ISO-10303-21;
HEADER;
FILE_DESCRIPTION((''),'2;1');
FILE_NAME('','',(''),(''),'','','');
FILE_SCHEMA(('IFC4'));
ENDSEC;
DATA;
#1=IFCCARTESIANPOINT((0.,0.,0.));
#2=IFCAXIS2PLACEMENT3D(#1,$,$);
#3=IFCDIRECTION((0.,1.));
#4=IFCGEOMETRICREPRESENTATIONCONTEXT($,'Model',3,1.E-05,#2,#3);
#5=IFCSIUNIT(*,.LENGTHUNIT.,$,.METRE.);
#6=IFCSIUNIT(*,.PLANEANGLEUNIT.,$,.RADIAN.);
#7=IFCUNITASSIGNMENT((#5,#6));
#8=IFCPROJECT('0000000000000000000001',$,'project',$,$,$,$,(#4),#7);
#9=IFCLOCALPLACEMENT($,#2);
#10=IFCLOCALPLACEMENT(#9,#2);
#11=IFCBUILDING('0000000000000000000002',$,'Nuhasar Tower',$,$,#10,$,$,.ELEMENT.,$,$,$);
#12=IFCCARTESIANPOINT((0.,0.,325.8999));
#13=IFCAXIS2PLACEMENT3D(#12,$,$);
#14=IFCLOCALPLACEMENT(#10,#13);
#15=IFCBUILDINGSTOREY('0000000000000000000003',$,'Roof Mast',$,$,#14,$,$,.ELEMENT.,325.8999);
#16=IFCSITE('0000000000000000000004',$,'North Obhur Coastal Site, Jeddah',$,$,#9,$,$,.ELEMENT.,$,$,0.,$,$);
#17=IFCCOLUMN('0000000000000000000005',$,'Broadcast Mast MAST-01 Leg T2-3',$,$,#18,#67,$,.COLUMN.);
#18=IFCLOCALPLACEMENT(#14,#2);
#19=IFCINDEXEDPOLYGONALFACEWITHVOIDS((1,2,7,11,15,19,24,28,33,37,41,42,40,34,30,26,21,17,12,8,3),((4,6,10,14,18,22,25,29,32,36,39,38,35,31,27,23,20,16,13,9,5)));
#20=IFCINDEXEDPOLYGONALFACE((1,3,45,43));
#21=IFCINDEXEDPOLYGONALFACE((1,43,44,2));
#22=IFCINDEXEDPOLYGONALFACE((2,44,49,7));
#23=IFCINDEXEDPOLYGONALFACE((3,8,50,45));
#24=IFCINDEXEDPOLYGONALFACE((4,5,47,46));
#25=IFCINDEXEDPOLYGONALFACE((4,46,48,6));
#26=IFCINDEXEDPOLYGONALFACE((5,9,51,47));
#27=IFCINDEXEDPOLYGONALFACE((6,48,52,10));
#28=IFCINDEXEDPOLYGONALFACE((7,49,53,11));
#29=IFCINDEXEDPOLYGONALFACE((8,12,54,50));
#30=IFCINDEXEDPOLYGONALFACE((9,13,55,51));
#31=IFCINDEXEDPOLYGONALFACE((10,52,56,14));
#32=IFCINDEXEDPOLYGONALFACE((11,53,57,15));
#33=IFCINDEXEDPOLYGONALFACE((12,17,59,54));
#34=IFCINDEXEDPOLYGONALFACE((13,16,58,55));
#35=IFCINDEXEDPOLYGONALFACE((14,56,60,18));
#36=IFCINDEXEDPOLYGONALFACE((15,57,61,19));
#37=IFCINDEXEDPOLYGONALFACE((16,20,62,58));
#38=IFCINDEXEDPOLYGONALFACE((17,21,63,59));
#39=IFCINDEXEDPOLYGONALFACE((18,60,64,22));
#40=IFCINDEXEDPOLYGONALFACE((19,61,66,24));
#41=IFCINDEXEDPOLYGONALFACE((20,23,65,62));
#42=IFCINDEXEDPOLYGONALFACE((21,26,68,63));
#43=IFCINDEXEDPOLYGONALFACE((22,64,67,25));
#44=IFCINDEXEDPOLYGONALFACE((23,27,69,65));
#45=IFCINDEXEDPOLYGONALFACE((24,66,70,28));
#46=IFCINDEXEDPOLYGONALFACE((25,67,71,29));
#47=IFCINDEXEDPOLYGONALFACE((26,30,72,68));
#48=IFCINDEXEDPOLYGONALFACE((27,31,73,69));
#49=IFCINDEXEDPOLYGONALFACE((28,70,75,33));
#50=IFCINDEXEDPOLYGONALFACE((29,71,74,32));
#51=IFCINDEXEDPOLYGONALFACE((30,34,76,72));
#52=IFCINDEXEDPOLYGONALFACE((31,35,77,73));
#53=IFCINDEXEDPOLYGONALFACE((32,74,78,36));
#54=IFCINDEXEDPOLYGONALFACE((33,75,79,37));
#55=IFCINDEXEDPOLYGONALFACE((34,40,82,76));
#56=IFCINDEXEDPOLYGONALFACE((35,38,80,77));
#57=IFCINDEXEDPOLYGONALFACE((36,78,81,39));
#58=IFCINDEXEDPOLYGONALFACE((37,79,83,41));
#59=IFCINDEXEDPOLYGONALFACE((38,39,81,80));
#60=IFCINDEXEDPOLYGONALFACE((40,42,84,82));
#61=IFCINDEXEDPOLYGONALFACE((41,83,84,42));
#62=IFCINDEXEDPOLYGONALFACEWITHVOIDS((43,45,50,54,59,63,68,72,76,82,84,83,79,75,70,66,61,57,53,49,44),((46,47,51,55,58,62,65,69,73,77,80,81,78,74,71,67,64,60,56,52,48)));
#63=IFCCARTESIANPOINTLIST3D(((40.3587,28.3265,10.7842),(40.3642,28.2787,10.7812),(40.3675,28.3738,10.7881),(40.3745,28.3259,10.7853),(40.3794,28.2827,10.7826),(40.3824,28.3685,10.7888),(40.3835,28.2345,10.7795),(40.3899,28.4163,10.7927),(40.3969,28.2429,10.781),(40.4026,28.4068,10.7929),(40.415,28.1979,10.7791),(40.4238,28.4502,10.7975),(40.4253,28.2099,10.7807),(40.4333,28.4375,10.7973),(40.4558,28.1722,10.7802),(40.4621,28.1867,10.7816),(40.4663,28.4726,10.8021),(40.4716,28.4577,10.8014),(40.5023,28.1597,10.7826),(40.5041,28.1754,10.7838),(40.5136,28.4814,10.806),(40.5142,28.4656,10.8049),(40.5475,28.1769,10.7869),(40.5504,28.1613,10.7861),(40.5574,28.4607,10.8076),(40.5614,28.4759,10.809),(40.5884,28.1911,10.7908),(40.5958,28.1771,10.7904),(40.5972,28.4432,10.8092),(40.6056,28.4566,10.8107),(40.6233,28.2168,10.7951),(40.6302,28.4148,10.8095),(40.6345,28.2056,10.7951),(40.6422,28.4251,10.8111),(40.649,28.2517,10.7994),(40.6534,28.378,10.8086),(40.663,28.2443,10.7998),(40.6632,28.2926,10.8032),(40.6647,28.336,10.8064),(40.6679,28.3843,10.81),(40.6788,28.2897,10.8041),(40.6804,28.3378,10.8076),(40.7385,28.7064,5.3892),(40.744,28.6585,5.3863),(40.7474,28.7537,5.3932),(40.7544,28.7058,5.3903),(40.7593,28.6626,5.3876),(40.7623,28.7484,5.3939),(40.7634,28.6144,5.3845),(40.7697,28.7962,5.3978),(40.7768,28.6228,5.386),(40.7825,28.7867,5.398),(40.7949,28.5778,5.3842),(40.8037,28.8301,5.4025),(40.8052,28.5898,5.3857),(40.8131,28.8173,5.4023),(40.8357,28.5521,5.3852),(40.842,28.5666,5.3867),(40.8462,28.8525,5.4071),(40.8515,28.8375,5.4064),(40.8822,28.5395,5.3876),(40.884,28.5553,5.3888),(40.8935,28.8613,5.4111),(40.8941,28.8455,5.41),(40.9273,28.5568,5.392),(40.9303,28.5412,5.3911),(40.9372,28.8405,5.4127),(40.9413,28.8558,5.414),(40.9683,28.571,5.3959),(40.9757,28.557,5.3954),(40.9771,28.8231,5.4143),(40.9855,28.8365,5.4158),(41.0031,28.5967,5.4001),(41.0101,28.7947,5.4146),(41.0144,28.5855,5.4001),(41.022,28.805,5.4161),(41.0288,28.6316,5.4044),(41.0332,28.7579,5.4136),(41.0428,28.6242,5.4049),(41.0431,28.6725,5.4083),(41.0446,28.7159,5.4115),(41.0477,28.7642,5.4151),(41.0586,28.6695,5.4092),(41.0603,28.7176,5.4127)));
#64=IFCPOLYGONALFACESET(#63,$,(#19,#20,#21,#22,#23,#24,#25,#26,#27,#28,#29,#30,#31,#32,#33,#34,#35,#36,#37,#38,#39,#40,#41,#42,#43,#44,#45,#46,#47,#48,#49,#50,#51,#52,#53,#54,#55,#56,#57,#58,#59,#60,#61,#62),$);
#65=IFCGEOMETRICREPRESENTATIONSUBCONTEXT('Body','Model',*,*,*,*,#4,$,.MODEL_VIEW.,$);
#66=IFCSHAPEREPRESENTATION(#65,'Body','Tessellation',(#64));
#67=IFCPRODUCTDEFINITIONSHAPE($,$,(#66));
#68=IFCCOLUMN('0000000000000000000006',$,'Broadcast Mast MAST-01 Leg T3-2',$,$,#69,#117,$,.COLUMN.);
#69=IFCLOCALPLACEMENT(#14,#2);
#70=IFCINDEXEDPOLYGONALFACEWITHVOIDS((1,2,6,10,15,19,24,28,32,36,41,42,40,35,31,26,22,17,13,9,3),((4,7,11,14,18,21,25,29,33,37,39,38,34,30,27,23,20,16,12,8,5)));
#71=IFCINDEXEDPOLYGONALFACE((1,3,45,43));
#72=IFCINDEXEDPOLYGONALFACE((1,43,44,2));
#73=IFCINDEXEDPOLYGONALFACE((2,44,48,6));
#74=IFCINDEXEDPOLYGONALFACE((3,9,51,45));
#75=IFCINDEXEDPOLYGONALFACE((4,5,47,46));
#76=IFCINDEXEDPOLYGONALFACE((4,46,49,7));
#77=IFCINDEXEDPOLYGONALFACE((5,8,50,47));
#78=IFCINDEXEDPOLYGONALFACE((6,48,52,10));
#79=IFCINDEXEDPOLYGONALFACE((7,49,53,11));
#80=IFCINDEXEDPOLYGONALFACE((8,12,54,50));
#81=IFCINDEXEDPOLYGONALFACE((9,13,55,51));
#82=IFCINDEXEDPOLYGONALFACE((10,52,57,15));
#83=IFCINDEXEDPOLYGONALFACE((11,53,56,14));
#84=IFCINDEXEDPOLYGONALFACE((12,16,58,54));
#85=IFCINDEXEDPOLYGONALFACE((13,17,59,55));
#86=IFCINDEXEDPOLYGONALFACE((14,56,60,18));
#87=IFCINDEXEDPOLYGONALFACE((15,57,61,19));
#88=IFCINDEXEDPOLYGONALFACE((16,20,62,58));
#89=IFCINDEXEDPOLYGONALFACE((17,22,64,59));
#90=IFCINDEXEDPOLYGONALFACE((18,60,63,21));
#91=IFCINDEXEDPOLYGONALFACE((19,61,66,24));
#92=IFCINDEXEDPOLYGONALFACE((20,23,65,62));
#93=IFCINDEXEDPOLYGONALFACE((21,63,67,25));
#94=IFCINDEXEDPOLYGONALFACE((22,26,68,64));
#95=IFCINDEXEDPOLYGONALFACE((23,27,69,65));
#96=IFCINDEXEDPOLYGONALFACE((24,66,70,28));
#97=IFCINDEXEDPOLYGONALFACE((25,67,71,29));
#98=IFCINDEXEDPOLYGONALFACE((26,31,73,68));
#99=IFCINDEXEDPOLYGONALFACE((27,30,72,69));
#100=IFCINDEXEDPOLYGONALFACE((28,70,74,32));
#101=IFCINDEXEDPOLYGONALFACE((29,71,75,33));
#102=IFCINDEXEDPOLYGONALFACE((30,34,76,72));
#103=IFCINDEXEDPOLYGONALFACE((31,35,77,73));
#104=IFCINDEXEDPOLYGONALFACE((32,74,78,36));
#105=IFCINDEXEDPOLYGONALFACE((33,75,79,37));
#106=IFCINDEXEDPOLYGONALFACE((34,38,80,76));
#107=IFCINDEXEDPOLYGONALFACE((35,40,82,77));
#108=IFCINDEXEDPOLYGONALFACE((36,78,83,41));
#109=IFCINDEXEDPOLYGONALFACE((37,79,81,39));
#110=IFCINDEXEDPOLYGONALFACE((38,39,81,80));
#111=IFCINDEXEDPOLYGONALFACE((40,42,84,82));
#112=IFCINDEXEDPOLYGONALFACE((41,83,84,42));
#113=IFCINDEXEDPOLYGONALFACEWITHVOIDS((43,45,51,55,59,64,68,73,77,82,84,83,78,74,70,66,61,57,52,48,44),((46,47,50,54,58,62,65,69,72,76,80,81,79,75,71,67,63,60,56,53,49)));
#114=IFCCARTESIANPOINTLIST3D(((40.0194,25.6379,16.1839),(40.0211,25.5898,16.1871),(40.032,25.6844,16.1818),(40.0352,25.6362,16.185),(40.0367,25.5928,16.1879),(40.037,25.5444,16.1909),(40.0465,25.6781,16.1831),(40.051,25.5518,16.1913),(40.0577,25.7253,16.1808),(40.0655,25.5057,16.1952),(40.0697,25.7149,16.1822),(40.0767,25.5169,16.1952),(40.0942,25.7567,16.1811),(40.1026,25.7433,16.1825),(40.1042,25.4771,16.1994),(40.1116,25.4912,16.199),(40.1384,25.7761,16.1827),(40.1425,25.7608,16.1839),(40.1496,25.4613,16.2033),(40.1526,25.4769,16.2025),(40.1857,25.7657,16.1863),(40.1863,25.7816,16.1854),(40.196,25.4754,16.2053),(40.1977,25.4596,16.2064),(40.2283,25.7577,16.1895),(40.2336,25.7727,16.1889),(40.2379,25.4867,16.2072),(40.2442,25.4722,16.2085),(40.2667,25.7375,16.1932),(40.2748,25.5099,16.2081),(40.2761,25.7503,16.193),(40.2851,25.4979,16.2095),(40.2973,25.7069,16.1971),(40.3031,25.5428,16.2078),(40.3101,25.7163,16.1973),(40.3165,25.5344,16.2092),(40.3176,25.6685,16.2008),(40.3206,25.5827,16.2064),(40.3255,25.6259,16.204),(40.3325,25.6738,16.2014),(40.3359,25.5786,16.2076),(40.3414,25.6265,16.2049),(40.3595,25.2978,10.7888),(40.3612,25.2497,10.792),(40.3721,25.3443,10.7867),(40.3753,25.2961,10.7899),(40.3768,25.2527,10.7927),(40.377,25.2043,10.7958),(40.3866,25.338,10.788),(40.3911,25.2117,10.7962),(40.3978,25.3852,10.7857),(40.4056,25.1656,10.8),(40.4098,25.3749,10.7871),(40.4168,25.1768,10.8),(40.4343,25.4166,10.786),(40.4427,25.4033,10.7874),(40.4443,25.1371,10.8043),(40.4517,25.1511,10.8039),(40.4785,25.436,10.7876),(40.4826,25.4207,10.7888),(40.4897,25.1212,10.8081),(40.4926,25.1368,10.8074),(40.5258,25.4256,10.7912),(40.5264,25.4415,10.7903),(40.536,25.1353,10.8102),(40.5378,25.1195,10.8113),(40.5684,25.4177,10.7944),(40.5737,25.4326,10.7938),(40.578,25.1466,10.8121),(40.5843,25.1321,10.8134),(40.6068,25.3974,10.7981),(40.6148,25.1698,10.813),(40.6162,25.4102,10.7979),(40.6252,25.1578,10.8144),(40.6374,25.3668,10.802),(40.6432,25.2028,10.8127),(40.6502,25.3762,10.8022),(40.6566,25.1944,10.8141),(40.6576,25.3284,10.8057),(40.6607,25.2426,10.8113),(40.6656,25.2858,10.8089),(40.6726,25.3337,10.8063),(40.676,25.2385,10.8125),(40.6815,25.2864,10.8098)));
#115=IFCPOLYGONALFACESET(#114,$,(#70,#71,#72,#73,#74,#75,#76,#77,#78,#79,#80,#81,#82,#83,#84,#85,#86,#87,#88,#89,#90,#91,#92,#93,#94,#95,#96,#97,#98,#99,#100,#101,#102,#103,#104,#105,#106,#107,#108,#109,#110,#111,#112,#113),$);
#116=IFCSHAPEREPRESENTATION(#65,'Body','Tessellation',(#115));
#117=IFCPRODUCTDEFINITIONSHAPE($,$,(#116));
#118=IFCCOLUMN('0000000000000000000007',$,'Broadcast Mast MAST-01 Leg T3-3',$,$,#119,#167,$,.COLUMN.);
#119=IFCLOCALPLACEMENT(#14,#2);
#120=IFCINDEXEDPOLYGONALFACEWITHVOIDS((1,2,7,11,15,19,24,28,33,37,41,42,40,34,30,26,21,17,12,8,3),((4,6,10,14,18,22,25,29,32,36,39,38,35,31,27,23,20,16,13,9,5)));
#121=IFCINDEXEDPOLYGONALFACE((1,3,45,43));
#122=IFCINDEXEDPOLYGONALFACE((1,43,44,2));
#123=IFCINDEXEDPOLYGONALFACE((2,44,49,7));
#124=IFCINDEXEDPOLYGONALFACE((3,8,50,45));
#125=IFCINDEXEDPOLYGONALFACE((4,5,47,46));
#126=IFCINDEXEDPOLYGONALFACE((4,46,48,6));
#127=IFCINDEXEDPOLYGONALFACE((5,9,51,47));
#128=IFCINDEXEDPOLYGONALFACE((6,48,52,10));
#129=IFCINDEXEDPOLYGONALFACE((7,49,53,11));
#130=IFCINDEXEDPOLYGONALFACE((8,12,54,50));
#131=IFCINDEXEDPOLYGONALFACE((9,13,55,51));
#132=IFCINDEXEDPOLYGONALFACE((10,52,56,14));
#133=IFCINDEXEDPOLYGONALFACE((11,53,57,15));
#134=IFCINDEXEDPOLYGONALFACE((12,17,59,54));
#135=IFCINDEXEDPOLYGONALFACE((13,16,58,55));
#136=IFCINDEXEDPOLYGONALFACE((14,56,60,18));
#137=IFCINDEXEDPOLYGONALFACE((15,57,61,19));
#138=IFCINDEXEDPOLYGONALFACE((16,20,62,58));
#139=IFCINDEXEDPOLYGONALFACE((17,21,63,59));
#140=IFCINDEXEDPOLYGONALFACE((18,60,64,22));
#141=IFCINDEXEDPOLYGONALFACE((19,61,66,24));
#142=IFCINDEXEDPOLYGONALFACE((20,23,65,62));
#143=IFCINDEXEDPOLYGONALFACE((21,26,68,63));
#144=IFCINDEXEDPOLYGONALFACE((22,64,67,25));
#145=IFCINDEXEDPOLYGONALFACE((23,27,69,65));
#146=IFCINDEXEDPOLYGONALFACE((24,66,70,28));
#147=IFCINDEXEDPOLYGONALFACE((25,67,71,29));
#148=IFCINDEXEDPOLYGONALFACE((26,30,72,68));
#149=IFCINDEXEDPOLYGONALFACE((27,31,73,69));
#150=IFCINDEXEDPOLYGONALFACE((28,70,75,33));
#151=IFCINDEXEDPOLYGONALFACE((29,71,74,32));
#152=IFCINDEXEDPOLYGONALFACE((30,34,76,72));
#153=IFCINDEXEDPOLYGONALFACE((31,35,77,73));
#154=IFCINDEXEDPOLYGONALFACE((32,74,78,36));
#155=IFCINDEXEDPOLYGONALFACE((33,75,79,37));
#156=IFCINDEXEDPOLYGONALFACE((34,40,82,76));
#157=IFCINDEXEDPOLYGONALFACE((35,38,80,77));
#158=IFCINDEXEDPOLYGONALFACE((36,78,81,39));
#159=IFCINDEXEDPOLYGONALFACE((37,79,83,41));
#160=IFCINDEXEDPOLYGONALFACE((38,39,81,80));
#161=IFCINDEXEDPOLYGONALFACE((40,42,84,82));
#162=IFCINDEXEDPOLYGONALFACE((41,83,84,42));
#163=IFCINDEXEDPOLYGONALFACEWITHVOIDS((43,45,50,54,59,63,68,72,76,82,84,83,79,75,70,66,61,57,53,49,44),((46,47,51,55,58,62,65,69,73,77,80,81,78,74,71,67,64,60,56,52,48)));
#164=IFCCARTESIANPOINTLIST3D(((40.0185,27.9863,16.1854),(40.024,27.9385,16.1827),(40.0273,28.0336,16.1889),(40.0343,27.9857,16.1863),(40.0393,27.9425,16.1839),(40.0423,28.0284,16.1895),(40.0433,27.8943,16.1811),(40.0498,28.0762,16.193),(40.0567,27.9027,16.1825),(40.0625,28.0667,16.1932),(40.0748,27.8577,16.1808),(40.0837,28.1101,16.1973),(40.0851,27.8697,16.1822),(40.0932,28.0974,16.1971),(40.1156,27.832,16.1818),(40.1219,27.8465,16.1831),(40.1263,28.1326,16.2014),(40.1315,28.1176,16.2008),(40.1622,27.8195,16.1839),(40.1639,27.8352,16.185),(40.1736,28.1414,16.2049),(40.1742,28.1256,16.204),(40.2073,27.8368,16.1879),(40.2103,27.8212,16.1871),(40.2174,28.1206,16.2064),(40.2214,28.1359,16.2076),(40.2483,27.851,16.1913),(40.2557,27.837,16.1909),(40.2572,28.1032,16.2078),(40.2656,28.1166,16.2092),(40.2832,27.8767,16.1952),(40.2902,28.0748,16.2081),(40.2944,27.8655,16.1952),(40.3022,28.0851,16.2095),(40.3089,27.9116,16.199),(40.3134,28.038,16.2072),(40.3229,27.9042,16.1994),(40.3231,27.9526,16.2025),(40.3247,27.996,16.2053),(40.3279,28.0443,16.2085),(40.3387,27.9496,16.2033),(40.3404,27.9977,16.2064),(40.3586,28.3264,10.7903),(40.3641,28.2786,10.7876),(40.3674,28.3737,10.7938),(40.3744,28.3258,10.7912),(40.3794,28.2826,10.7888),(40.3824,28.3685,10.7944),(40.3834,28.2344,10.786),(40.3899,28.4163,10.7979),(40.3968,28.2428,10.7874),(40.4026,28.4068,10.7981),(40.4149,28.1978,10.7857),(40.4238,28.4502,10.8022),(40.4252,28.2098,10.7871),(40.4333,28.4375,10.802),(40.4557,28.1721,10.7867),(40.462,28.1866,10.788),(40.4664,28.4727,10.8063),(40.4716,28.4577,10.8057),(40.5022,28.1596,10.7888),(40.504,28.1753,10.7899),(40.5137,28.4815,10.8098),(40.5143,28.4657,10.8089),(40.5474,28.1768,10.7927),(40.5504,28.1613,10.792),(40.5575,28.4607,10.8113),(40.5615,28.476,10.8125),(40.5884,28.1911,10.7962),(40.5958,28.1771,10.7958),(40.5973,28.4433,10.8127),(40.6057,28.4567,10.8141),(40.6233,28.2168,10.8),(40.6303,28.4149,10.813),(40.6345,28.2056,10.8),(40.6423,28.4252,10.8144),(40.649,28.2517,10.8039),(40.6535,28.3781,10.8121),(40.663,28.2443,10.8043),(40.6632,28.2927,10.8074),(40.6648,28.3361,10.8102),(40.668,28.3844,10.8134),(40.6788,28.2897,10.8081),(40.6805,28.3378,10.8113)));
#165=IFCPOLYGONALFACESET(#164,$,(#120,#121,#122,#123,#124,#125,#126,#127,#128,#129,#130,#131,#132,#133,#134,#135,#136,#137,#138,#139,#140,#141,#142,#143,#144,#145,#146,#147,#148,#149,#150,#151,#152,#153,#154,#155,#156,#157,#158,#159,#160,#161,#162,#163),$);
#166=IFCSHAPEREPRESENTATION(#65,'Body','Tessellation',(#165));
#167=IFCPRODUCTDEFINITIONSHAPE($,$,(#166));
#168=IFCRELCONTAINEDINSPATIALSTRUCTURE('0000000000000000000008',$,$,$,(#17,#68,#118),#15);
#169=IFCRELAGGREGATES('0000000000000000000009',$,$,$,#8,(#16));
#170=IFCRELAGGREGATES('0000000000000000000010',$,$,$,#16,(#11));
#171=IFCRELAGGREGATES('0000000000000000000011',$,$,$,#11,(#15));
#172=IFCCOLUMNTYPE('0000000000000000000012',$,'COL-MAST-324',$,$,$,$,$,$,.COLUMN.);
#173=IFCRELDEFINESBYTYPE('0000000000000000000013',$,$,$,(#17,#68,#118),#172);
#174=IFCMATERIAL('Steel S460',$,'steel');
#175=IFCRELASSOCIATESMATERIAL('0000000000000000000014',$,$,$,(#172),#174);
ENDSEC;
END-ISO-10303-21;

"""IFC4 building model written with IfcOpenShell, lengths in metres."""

from ifc_helpers import new_model, si_unit, direction, frame, origin, origin_2d, place, context, subcontext, project, spatial, hollow_circle, extrude, material, material_profile, profile_set, type_object, element, save


model = new_model("IFC4")

# Units and contexts
model_context = context("Model", 3, precision=1e-05, world=origin(), true_north=direction((0.0, 1.0)))
body_context = subcontext(model_context, "Body", "Model", "MODEL_VIEW")
ifc_project = project(units=[si_unit("LENGTHUNIT", "METRE"), si_unit("PLANEANGLEUNIT", "RADIAN")], contexts=[model_context])

# Site, building, storey
site_placement = place(None, origin())
site = spatial("IfcSite", under=ifc_project, at=site_placement, Name="North Obhur Coastal Site, Jeddah", CompositionType="ELEMENT", RefElevation=0.0)
building_placement = place(site_placement, origin())
building = spatial("IfcBuilding", under=site, at=building_placement, Name="Nuhasar Tower", CompositionType="ELEMENT")
storey_placement = place(building_placement, frame((0.0, 0.0, 325.8999)))
storey = spatial("IfcBuildingStorey", under=building, at=storey_placement, Name="Roof Mast", CompositionType="ELEMENT", Elevation=325.8999)

# Columns
ifc_material = material(Name="Steel S460", Category="steel")
ifc_material_profile_1 = material_profile(ifc_material, hollow_circle(Radius=0.1619, WallThickness=0.0159, at=origin_2d()), Name="HSS323.9X15.9")
ifc_profile_set_1 = profile_set([ifc_material_profile_1], Name="Steel S460")
column_type = type_object("IfcColumnType", Name="COL-MAST-324", PredefinedType="COLUMN", material=ifc_profile_set_1)
for number, where, z_axis, x_axis, name in (
    (1, (40.8999, 28.7, 5.4001), (-0.070067, -0.070067, 0.995078), (0.707107, -0.707107, 0.0), "Broadcast Mast MAST-01 Leg T2-3"),
):
    element("IfcColumn", number, at=place(storey_placement, frame(where, z_axis=z_axis, x_axis=x_axis)), inside=storey, type_object=column_type, Name=name, PredefinedType="COLUMN", context=body_context, shape_type="SweptSolid", body=[
        extrude(hollow_circle(Radius=0.1619, WallThickness=0.0159, at=origin_2d()), origin(), (0.0, 0.0, 1.0), 5.4216),
    ])
for number, where, z_axis, x_axis, name in (
    (2, (40.52, 25.28, 10.8), (-0.062788, 0.062788, 0.99605), (-0.707107, -0.707107, 0.0), "Broadcast Mast MAST-01 Leg T3-2"),
    (3, (40.52, 28.3201, 10.8), (-0.062788, -0.062788, 0.99605), (0.707107, -0.707107, 0.0), "Broadcast Mast MAST-01 Leg T3-3"),
):
    element("IfcColumn", number, at=place(storey_placement, frame(where, z_axis=z_axis, x_axis=x_axis)), inside=storey, type_object=column_type, Name=name, PredefinedType="COLUMN", context=body_context, shape_type="SweptSolid", body=[
        extrude(hollow_circle(Radius=0.1619, WallThickness=0.0159, at=origin_2d()), origin(), (0.0, 0.0, 1.0), 5.4165),
    ])

save(model, "model.ifc")
